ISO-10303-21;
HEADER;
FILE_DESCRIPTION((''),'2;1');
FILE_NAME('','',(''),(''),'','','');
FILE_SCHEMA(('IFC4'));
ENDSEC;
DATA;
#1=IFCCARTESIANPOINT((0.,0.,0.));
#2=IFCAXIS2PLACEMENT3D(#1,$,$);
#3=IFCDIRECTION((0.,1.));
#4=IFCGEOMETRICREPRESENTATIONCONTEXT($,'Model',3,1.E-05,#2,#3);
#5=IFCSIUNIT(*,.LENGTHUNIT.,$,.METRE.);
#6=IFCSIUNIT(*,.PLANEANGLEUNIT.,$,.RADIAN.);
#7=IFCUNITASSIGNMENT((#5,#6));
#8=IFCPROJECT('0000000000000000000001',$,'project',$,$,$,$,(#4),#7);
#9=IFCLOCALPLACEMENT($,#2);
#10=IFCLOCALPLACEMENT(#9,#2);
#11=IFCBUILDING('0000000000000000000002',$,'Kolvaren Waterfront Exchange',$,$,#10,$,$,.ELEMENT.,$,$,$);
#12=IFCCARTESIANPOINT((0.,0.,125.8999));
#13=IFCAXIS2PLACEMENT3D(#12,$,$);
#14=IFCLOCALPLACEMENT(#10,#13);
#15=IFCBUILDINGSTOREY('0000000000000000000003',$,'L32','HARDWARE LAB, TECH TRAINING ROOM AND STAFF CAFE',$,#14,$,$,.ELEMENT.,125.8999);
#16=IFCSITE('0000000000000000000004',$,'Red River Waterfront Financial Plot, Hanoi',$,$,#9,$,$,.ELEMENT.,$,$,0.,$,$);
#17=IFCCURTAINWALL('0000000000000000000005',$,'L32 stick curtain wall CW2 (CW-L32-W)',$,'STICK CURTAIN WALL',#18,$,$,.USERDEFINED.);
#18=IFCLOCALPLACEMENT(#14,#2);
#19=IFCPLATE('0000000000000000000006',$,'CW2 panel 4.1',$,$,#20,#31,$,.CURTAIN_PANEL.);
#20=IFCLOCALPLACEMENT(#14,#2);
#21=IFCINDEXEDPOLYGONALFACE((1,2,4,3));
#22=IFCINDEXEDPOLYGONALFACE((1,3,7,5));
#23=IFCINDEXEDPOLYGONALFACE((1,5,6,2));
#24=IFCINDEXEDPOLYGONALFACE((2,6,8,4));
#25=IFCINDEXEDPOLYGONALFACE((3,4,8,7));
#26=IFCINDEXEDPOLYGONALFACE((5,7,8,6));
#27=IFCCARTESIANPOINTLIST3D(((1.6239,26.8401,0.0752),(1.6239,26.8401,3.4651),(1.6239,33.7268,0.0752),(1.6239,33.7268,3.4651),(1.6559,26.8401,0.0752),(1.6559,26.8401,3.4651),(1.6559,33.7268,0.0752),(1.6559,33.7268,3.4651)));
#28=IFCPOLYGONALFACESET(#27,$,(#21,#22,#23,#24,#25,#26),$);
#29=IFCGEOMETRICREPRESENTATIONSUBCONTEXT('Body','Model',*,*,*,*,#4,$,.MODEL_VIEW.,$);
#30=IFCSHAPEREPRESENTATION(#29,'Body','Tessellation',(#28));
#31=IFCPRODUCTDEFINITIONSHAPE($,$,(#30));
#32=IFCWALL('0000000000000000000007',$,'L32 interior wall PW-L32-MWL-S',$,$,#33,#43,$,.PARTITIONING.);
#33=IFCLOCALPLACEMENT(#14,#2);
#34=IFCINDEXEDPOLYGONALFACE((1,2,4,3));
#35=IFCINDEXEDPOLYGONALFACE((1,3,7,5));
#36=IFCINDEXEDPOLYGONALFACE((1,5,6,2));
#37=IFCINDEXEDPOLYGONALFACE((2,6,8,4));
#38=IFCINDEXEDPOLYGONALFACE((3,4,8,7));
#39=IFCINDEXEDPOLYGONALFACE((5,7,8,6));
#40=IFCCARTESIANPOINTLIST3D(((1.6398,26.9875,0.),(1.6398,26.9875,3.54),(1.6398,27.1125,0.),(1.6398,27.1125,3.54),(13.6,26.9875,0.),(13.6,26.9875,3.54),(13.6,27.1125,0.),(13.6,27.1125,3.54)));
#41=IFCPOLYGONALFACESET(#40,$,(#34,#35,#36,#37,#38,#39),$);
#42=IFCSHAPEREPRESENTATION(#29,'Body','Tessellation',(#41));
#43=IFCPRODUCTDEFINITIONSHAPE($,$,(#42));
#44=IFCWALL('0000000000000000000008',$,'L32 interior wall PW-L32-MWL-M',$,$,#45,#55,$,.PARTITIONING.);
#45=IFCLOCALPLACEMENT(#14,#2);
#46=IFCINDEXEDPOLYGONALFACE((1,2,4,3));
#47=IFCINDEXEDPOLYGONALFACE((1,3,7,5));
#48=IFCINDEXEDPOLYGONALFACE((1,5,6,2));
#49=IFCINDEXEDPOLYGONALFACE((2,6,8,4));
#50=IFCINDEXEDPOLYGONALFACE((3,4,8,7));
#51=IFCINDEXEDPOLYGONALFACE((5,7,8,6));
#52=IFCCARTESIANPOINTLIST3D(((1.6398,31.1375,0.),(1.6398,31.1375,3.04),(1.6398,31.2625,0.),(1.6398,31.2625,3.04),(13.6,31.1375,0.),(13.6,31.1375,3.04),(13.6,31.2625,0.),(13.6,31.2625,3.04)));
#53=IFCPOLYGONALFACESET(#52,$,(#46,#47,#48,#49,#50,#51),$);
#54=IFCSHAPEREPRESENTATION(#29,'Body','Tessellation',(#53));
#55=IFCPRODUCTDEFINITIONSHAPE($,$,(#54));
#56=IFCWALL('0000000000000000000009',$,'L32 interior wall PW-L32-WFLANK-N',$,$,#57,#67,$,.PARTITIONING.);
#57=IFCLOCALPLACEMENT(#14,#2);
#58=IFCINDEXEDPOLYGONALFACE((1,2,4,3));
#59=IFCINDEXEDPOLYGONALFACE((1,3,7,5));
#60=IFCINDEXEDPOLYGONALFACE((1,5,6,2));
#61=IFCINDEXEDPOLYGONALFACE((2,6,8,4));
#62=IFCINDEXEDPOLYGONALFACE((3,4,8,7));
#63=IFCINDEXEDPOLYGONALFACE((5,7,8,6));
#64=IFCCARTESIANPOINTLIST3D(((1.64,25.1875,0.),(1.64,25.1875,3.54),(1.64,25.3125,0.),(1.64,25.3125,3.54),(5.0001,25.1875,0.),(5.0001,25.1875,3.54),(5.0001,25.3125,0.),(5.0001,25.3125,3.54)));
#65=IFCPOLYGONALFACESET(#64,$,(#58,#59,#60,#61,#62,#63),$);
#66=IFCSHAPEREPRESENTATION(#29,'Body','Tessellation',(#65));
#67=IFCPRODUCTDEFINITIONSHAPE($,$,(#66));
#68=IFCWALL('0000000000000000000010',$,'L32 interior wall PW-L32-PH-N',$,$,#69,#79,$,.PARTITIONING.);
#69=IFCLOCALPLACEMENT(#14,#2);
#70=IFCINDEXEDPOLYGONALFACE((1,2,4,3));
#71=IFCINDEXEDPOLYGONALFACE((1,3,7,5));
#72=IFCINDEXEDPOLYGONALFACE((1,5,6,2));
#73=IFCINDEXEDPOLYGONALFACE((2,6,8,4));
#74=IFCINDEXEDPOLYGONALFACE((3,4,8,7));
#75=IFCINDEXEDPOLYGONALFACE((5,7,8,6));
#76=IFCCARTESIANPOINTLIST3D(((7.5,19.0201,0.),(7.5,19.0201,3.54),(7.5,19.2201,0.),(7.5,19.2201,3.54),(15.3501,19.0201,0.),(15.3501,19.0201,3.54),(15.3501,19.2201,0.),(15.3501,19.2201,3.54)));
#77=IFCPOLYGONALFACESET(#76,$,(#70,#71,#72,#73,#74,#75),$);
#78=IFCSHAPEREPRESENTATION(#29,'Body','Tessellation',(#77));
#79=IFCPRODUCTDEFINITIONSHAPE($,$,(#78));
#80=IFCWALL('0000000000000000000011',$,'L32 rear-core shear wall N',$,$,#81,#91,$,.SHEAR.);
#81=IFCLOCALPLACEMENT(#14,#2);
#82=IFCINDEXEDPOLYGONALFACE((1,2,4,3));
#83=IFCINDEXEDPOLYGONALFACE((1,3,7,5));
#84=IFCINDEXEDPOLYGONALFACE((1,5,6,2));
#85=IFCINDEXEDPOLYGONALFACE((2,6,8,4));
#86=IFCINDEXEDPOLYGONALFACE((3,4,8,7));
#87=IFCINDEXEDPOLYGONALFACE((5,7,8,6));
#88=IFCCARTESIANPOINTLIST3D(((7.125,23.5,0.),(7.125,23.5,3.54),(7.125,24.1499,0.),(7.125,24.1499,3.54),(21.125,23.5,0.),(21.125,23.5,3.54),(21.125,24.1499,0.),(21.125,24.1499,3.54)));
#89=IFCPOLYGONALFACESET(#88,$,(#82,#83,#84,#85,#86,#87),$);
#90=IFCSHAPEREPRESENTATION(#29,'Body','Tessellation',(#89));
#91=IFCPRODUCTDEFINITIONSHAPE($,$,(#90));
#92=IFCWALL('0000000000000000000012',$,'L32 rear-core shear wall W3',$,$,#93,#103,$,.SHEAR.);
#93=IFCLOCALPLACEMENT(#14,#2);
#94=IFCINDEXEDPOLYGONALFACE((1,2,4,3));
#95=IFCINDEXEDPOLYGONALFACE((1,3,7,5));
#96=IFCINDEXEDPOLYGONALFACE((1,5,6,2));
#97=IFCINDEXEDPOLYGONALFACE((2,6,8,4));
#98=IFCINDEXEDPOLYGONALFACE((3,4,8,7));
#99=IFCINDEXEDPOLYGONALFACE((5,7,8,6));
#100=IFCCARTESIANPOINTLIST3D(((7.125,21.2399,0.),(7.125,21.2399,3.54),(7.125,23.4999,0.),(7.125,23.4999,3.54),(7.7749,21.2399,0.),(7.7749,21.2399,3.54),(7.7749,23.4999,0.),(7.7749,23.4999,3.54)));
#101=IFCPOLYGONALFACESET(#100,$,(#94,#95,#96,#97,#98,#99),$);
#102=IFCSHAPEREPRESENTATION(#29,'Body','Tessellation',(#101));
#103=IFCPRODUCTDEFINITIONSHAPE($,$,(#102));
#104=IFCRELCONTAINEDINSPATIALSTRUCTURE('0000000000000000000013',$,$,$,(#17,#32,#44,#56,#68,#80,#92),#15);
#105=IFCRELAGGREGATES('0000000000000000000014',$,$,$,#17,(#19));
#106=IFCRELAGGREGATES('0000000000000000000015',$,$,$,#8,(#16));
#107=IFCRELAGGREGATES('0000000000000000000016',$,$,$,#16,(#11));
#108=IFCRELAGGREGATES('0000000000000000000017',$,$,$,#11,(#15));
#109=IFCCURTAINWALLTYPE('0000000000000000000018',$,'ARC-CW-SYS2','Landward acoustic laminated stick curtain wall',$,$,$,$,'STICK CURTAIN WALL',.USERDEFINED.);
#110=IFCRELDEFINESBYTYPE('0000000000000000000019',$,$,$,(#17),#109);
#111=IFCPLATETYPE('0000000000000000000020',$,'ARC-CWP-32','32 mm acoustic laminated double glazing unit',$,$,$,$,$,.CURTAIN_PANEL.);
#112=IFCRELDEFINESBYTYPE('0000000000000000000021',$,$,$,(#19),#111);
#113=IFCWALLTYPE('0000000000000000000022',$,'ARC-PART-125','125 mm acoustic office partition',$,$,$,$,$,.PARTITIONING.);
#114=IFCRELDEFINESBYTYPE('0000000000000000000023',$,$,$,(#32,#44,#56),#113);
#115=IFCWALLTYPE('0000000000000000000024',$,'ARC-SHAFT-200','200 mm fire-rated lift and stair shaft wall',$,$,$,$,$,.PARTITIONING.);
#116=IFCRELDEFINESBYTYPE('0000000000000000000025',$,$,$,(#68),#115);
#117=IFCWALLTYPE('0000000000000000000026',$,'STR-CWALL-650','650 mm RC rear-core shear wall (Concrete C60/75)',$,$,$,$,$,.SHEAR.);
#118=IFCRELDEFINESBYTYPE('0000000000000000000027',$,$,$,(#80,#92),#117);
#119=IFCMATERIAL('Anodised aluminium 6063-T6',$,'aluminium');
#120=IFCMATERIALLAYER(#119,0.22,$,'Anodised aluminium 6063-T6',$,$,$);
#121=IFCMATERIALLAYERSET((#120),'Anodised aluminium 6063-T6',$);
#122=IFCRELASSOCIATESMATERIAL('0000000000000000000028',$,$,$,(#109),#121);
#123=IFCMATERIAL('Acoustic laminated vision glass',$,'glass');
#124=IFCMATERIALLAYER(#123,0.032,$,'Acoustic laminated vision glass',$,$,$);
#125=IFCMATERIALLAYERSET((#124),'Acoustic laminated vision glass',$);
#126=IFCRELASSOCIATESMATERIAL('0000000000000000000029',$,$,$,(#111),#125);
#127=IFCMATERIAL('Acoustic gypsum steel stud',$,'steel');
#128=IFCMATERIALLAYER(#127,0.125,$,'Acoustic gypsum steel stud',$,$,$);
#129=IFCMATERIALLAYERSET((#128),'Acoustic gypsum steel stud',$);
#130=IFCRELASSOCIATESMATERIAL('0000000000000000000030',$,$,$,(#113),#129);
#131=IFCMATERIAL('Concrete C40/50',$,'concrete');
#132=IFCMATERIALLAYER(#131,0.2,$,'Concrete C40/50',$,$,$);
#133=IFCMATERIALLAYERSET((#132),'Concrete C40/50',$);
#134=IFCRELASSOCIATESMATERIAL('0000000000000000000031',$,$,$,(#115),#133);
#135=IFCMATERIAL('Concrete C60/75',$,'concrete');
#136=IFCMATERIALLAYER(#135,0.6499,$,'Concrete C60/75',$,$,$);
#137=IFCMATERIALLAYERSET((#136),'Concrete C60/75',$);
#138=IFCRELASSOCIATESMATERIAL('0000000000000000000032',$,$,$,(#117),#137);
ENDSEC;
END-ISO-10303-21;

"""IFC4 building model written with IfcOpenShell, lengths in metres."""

from ifc_helpers import new_model, si_unit, direction, frame, frame_2d, origin, origin_with_axes, origin_2d, place, context, subcontext, project, spatial, rectangle, extrude, source, transform, mapped, material, layer, layer_set, type_object, element, aggregate, save


model = new_model("IFC4")

# Units and contexts
model_context = context("Model", 3, precision=1e-05, world=origin(), true_north=direction((0.0, 1.0)))
body_context = subcontext(model_context, "Body", "Model", "MODEL_VIEW")
ifc_project = project(units=[si_unit("LENGTHUNIT", "METRE"), si_unit("PLANEANGLEUNIT", "RADIAN")], contexts=[model_context])

# Site, building, storey
site_placement = place(None, origin())
site = spatial("IfcSite", under=ifc_project, at=site_placement, Name="Red River Waterfront Financial Plot, Hanoi", CompositionType="ELEMENT", RefElevation=0.0)
building_placement = place(site_placement, origin())
building = spatial("IfcBuilding", under=site, at=building_placement, Name="Kolvaren Waterfront Exchange", CompositionType="ELEMENT")
storey_placement = place(building_placement, frame((0.0, 0.0, 125.8999)))
storey = spatial("IfcBuildingStorey", under=building, at=storey_placement, Name="L32", Description="HARDWARE LAB, TECH TRAINING ROOM AND STAFF CAFE", CompositionType="ELEMENT", Elevation=125.8999)

# Shared definitions
ifc_material_1 = material(Name="Concrete C60/75", Category="concrete")

# Curtain wall, plate
ifc_material_2 = material(Name="Anodised aluminium 6063-T6", Category="aluminium")
ifc_layer_1 = layer(ifc_material_2, 0.22, Name="Anodised aluminium 6063-T6")
ifc_layer_set_1 = layer_set([ifc_layer_1], Name="Anodised aluminium 6063-T6")
curtain_wall_type = type_object("IfcCurtainWallType", Name="ARC-CW-SYS2", Description="Landward acoustic laminated stick curtain wall", ElementType="STICK CURTAIN WALL", PredefinedType="USERDEFINED", material=ifc_layer_set_1)
curtain_wall_placement = place(storey_placement, origin())
curtain_wall = element("IfcCurtainWall", 1, at=curtain_wall_placement, inside=storey, type_object=curtain_wall_type, Name="L32 stick curtain wall CW2 (CW-L32-W)", ObjectType="STICK CURTAIN WALL", PredefinedType="USERDEFINED")
ifc_material_3 = material(Name="Acoustic laminated vision glass", Category="glass")
ifc_layer_2 = layer(ifc_material_3, 0.032, Name="Acoustic laminated vision glass")
ifc_layer_set_2 = layer_set([ifc_layer_2], Name="Acoustic laminated vision glass")
plate_type = type_object("IfcPlateType", Name="ARC-CWP-32", Description="32 mm acoustic laminated double glazing unit", PredefinedType="CURTAIN_PANEL", material=ifc_layer_set_2)
shared_shape_1 = source(origin_with_axes(), body_context, "Body", "SweptSolid", [
    extrude(rectangle(XDim=6.8867, YDim=0.032, at=origin_2d()), origin(), (0.0, 0.0, 1.0), 3.3899),
])
plate_1_placement = place(storey_placement, frame((1.6399, 30.2834, 0.0752), z_axis=(0.0, 0.0, 1.0), x_axis=(0.0, 1.0, 0.0)))
plate_1 = element("IfcPlate", 2, at=plate_1_placement, type_object=plate_type, Name="CW2 panel 4.1", PredefinedType="CURTAIN_PANEL", context=body_context, shape_type="MappedRepresentation", body=[
    mapped(shared_shape_1, transform((0.0, 0.0, 0.0), x_axis=(1.0, 0.0, 0.0), y_axis=(0.0, 1.0, 0.0), z_axis=(0.0, 0.0, 1.0), scale=1.0)),
])
aggregate(curtain_wall, [plate_1])

# Walls
ifc_material_4 = material(Name="Acoustic gypsum steel stud", Category="steel")
ifc_layer_3 = layer(ifc_material_4, 0.125, Name="Acoustic gypsum steel stud")
ifc_layer_set_3 = layer_set([ifc_layer_3], Name="Acoustic gypsum steel stud")
wall_type_1 = type_object("IfcWallType", Name="ARC-PART-125", Description="125 mm acoustic office partition", PredefinedType="PARTITIONING", material=ifc_layer_set_3)
wall_1_placement = place(storey_placement, frame((1.6399, 27.05, 0.0), z_axis=(0.0, 0.0, 1.0), x_axis=(1.0, 0.0, 0.0)))
element("IfcWall", 3, at=wall_1_placement, inside=storey, type_object=wall_type_1, Name="L32 interior wall PW-L32-MWL-S", PredefinedType="PARTITIONING", context=body_context, shape_type="SweptSolid", body=[
    extrude(rectangle(XDim=11.9602, YDim=0.125, at=frame_2d((5.98, 0.0))), origin(), (0.0, 0.0, 1.0), 3.54),
])
wall_2_placement = place(storey_placement, frame((1.6399, 31.2, 0.0), z_axis=(0.0, 0.0, 1.0), x_axis=(1.0, 0.0, 0.0)))
element("IfcWall", 4, at=wall_2_placement, inside=storey, type_object=wall_type_1, Name="L32 interior wall PW-L32-MWL-M", PredefinedType="PARTITIONING", context=body_context, shape_type="SweptSolid", body=[
    extrude(rectangle(XDim=11.9602, YDim=0.125, at=frame_2d((5.98, 0.0))), origin(), (0.0, 0.0, 1.0), 3.04),
])
wall_3_placement = place(storey_placement, frame((1.6399, 25.25, 0.0), z_axis=(0.0, 0.0, 1.0), x_axis=(1.0, 0.0, 0.0)))
element("IfcWall", 5, at=wall_3_placement, inside=storey, type_object=wall_type_1, Name="L32 interior wall PW-L32-WFLANK-N", PredefinedType="PARTITIONING", context=body_context, shape_type="SweptSolid", body=[
    extrude(rectangle(XDim=3.3601, YDim=0.125, at=frame_2d((1.6802, 0.0))), origin(), (0.0, 0.0, 1.0), 3.54),
])
ifc_material_5 = material(Name="Concrete C40/50", Category="concrete")
ifc_layer_4 = layer(ifc_material_5, 0.2, Name="Concrete C40/50")
ifc_layer_set_4 = layer_set([ifc_layer_4], Name="Concrete C40/50")
wall_type_2 = type_object("IfcWallType", Name="ARC-SHAFT-200", Description="200 mm fire-rated lift and stair shaft wall", PredefinedType="PARTITIONING", material=ifc_layer_set_4)
wall_4_placement = place(storey_placement, frame((7.5, 19.1201, 0.0), z_axis=(0.0, 0.0, 1.0), x_axis=(1.0, 0.0, 0.0)))
element("IfcWall", 6, at=wall_4_placement, inside=storey, type_object=wall_type_2, Name="L32 interior wall PW-L32-PH-N", PredefinedType="PARTITIONING", context=body_context, shape_type="SweptSolid", body=[
    extrude(rectangle(XDim=7.8501, YDim=0.2, at=frame_2d((3.925, 0.0))), origin(), (0.0, 0.0, 1.0), 3.54),
])
ifc_layer_5 = layer(ifc_material_1, 0.6499, Name="Concrete C60/75")
ifc_layer_set_5 = layer_set([ifc_layer_5], Name="Concrete C60/75")
wall_type_3 = type_object("IfcWallType", Name="STR-CWALL-650", Description="650 mm RC rear-core shear wall (Concrete C60/75)", PredefinedType="SHEAR", material=ifc_layer_set_5)
wall_5_placement = place(storey_placement, frame((7.125, 23.825, 0.0), z_axis=(0.0, 0.0, 1.0), x_axis=(1.0, 0.0, 0.0)))
element("IfcWall", 7, at=wall_5_placement, inside=storey, type_object=wall_type_3, Name="L32 rear-core shear wall N", PredefinedType="SHEAR", context=body_context, shape_type="SweptSolid", body=[
    extrude(rectangle(XDim=14.0, YDim=0.6499, at=frame_2d((7.0, 0.0))), origin(), (0.0, 0.0, 1.0), 3.54),
])
wall_6_placement = place(storey_placement, frame((7.45, 21.24, 0.0), z_axis=(0.0, 0.0, 1.0), x_axis=(0.0, 1.0, 0.0)))
element("IfcWall", 8, at=wall_6_placement, inside=storey, type_object=wall_type_3, Name="L32 rear-core shear wall W3", PredefinedType="SHEAR", context=body_context, shape_type="SweptSolid", body=[
    extrude(rectangle(XDim=2.26, YDim=0.6499, at=frame_2d((1.1299, 0.0))), origin(), (0.0, 0.0, 1.0), 3.54),
])

save(model, "model.ifc")
